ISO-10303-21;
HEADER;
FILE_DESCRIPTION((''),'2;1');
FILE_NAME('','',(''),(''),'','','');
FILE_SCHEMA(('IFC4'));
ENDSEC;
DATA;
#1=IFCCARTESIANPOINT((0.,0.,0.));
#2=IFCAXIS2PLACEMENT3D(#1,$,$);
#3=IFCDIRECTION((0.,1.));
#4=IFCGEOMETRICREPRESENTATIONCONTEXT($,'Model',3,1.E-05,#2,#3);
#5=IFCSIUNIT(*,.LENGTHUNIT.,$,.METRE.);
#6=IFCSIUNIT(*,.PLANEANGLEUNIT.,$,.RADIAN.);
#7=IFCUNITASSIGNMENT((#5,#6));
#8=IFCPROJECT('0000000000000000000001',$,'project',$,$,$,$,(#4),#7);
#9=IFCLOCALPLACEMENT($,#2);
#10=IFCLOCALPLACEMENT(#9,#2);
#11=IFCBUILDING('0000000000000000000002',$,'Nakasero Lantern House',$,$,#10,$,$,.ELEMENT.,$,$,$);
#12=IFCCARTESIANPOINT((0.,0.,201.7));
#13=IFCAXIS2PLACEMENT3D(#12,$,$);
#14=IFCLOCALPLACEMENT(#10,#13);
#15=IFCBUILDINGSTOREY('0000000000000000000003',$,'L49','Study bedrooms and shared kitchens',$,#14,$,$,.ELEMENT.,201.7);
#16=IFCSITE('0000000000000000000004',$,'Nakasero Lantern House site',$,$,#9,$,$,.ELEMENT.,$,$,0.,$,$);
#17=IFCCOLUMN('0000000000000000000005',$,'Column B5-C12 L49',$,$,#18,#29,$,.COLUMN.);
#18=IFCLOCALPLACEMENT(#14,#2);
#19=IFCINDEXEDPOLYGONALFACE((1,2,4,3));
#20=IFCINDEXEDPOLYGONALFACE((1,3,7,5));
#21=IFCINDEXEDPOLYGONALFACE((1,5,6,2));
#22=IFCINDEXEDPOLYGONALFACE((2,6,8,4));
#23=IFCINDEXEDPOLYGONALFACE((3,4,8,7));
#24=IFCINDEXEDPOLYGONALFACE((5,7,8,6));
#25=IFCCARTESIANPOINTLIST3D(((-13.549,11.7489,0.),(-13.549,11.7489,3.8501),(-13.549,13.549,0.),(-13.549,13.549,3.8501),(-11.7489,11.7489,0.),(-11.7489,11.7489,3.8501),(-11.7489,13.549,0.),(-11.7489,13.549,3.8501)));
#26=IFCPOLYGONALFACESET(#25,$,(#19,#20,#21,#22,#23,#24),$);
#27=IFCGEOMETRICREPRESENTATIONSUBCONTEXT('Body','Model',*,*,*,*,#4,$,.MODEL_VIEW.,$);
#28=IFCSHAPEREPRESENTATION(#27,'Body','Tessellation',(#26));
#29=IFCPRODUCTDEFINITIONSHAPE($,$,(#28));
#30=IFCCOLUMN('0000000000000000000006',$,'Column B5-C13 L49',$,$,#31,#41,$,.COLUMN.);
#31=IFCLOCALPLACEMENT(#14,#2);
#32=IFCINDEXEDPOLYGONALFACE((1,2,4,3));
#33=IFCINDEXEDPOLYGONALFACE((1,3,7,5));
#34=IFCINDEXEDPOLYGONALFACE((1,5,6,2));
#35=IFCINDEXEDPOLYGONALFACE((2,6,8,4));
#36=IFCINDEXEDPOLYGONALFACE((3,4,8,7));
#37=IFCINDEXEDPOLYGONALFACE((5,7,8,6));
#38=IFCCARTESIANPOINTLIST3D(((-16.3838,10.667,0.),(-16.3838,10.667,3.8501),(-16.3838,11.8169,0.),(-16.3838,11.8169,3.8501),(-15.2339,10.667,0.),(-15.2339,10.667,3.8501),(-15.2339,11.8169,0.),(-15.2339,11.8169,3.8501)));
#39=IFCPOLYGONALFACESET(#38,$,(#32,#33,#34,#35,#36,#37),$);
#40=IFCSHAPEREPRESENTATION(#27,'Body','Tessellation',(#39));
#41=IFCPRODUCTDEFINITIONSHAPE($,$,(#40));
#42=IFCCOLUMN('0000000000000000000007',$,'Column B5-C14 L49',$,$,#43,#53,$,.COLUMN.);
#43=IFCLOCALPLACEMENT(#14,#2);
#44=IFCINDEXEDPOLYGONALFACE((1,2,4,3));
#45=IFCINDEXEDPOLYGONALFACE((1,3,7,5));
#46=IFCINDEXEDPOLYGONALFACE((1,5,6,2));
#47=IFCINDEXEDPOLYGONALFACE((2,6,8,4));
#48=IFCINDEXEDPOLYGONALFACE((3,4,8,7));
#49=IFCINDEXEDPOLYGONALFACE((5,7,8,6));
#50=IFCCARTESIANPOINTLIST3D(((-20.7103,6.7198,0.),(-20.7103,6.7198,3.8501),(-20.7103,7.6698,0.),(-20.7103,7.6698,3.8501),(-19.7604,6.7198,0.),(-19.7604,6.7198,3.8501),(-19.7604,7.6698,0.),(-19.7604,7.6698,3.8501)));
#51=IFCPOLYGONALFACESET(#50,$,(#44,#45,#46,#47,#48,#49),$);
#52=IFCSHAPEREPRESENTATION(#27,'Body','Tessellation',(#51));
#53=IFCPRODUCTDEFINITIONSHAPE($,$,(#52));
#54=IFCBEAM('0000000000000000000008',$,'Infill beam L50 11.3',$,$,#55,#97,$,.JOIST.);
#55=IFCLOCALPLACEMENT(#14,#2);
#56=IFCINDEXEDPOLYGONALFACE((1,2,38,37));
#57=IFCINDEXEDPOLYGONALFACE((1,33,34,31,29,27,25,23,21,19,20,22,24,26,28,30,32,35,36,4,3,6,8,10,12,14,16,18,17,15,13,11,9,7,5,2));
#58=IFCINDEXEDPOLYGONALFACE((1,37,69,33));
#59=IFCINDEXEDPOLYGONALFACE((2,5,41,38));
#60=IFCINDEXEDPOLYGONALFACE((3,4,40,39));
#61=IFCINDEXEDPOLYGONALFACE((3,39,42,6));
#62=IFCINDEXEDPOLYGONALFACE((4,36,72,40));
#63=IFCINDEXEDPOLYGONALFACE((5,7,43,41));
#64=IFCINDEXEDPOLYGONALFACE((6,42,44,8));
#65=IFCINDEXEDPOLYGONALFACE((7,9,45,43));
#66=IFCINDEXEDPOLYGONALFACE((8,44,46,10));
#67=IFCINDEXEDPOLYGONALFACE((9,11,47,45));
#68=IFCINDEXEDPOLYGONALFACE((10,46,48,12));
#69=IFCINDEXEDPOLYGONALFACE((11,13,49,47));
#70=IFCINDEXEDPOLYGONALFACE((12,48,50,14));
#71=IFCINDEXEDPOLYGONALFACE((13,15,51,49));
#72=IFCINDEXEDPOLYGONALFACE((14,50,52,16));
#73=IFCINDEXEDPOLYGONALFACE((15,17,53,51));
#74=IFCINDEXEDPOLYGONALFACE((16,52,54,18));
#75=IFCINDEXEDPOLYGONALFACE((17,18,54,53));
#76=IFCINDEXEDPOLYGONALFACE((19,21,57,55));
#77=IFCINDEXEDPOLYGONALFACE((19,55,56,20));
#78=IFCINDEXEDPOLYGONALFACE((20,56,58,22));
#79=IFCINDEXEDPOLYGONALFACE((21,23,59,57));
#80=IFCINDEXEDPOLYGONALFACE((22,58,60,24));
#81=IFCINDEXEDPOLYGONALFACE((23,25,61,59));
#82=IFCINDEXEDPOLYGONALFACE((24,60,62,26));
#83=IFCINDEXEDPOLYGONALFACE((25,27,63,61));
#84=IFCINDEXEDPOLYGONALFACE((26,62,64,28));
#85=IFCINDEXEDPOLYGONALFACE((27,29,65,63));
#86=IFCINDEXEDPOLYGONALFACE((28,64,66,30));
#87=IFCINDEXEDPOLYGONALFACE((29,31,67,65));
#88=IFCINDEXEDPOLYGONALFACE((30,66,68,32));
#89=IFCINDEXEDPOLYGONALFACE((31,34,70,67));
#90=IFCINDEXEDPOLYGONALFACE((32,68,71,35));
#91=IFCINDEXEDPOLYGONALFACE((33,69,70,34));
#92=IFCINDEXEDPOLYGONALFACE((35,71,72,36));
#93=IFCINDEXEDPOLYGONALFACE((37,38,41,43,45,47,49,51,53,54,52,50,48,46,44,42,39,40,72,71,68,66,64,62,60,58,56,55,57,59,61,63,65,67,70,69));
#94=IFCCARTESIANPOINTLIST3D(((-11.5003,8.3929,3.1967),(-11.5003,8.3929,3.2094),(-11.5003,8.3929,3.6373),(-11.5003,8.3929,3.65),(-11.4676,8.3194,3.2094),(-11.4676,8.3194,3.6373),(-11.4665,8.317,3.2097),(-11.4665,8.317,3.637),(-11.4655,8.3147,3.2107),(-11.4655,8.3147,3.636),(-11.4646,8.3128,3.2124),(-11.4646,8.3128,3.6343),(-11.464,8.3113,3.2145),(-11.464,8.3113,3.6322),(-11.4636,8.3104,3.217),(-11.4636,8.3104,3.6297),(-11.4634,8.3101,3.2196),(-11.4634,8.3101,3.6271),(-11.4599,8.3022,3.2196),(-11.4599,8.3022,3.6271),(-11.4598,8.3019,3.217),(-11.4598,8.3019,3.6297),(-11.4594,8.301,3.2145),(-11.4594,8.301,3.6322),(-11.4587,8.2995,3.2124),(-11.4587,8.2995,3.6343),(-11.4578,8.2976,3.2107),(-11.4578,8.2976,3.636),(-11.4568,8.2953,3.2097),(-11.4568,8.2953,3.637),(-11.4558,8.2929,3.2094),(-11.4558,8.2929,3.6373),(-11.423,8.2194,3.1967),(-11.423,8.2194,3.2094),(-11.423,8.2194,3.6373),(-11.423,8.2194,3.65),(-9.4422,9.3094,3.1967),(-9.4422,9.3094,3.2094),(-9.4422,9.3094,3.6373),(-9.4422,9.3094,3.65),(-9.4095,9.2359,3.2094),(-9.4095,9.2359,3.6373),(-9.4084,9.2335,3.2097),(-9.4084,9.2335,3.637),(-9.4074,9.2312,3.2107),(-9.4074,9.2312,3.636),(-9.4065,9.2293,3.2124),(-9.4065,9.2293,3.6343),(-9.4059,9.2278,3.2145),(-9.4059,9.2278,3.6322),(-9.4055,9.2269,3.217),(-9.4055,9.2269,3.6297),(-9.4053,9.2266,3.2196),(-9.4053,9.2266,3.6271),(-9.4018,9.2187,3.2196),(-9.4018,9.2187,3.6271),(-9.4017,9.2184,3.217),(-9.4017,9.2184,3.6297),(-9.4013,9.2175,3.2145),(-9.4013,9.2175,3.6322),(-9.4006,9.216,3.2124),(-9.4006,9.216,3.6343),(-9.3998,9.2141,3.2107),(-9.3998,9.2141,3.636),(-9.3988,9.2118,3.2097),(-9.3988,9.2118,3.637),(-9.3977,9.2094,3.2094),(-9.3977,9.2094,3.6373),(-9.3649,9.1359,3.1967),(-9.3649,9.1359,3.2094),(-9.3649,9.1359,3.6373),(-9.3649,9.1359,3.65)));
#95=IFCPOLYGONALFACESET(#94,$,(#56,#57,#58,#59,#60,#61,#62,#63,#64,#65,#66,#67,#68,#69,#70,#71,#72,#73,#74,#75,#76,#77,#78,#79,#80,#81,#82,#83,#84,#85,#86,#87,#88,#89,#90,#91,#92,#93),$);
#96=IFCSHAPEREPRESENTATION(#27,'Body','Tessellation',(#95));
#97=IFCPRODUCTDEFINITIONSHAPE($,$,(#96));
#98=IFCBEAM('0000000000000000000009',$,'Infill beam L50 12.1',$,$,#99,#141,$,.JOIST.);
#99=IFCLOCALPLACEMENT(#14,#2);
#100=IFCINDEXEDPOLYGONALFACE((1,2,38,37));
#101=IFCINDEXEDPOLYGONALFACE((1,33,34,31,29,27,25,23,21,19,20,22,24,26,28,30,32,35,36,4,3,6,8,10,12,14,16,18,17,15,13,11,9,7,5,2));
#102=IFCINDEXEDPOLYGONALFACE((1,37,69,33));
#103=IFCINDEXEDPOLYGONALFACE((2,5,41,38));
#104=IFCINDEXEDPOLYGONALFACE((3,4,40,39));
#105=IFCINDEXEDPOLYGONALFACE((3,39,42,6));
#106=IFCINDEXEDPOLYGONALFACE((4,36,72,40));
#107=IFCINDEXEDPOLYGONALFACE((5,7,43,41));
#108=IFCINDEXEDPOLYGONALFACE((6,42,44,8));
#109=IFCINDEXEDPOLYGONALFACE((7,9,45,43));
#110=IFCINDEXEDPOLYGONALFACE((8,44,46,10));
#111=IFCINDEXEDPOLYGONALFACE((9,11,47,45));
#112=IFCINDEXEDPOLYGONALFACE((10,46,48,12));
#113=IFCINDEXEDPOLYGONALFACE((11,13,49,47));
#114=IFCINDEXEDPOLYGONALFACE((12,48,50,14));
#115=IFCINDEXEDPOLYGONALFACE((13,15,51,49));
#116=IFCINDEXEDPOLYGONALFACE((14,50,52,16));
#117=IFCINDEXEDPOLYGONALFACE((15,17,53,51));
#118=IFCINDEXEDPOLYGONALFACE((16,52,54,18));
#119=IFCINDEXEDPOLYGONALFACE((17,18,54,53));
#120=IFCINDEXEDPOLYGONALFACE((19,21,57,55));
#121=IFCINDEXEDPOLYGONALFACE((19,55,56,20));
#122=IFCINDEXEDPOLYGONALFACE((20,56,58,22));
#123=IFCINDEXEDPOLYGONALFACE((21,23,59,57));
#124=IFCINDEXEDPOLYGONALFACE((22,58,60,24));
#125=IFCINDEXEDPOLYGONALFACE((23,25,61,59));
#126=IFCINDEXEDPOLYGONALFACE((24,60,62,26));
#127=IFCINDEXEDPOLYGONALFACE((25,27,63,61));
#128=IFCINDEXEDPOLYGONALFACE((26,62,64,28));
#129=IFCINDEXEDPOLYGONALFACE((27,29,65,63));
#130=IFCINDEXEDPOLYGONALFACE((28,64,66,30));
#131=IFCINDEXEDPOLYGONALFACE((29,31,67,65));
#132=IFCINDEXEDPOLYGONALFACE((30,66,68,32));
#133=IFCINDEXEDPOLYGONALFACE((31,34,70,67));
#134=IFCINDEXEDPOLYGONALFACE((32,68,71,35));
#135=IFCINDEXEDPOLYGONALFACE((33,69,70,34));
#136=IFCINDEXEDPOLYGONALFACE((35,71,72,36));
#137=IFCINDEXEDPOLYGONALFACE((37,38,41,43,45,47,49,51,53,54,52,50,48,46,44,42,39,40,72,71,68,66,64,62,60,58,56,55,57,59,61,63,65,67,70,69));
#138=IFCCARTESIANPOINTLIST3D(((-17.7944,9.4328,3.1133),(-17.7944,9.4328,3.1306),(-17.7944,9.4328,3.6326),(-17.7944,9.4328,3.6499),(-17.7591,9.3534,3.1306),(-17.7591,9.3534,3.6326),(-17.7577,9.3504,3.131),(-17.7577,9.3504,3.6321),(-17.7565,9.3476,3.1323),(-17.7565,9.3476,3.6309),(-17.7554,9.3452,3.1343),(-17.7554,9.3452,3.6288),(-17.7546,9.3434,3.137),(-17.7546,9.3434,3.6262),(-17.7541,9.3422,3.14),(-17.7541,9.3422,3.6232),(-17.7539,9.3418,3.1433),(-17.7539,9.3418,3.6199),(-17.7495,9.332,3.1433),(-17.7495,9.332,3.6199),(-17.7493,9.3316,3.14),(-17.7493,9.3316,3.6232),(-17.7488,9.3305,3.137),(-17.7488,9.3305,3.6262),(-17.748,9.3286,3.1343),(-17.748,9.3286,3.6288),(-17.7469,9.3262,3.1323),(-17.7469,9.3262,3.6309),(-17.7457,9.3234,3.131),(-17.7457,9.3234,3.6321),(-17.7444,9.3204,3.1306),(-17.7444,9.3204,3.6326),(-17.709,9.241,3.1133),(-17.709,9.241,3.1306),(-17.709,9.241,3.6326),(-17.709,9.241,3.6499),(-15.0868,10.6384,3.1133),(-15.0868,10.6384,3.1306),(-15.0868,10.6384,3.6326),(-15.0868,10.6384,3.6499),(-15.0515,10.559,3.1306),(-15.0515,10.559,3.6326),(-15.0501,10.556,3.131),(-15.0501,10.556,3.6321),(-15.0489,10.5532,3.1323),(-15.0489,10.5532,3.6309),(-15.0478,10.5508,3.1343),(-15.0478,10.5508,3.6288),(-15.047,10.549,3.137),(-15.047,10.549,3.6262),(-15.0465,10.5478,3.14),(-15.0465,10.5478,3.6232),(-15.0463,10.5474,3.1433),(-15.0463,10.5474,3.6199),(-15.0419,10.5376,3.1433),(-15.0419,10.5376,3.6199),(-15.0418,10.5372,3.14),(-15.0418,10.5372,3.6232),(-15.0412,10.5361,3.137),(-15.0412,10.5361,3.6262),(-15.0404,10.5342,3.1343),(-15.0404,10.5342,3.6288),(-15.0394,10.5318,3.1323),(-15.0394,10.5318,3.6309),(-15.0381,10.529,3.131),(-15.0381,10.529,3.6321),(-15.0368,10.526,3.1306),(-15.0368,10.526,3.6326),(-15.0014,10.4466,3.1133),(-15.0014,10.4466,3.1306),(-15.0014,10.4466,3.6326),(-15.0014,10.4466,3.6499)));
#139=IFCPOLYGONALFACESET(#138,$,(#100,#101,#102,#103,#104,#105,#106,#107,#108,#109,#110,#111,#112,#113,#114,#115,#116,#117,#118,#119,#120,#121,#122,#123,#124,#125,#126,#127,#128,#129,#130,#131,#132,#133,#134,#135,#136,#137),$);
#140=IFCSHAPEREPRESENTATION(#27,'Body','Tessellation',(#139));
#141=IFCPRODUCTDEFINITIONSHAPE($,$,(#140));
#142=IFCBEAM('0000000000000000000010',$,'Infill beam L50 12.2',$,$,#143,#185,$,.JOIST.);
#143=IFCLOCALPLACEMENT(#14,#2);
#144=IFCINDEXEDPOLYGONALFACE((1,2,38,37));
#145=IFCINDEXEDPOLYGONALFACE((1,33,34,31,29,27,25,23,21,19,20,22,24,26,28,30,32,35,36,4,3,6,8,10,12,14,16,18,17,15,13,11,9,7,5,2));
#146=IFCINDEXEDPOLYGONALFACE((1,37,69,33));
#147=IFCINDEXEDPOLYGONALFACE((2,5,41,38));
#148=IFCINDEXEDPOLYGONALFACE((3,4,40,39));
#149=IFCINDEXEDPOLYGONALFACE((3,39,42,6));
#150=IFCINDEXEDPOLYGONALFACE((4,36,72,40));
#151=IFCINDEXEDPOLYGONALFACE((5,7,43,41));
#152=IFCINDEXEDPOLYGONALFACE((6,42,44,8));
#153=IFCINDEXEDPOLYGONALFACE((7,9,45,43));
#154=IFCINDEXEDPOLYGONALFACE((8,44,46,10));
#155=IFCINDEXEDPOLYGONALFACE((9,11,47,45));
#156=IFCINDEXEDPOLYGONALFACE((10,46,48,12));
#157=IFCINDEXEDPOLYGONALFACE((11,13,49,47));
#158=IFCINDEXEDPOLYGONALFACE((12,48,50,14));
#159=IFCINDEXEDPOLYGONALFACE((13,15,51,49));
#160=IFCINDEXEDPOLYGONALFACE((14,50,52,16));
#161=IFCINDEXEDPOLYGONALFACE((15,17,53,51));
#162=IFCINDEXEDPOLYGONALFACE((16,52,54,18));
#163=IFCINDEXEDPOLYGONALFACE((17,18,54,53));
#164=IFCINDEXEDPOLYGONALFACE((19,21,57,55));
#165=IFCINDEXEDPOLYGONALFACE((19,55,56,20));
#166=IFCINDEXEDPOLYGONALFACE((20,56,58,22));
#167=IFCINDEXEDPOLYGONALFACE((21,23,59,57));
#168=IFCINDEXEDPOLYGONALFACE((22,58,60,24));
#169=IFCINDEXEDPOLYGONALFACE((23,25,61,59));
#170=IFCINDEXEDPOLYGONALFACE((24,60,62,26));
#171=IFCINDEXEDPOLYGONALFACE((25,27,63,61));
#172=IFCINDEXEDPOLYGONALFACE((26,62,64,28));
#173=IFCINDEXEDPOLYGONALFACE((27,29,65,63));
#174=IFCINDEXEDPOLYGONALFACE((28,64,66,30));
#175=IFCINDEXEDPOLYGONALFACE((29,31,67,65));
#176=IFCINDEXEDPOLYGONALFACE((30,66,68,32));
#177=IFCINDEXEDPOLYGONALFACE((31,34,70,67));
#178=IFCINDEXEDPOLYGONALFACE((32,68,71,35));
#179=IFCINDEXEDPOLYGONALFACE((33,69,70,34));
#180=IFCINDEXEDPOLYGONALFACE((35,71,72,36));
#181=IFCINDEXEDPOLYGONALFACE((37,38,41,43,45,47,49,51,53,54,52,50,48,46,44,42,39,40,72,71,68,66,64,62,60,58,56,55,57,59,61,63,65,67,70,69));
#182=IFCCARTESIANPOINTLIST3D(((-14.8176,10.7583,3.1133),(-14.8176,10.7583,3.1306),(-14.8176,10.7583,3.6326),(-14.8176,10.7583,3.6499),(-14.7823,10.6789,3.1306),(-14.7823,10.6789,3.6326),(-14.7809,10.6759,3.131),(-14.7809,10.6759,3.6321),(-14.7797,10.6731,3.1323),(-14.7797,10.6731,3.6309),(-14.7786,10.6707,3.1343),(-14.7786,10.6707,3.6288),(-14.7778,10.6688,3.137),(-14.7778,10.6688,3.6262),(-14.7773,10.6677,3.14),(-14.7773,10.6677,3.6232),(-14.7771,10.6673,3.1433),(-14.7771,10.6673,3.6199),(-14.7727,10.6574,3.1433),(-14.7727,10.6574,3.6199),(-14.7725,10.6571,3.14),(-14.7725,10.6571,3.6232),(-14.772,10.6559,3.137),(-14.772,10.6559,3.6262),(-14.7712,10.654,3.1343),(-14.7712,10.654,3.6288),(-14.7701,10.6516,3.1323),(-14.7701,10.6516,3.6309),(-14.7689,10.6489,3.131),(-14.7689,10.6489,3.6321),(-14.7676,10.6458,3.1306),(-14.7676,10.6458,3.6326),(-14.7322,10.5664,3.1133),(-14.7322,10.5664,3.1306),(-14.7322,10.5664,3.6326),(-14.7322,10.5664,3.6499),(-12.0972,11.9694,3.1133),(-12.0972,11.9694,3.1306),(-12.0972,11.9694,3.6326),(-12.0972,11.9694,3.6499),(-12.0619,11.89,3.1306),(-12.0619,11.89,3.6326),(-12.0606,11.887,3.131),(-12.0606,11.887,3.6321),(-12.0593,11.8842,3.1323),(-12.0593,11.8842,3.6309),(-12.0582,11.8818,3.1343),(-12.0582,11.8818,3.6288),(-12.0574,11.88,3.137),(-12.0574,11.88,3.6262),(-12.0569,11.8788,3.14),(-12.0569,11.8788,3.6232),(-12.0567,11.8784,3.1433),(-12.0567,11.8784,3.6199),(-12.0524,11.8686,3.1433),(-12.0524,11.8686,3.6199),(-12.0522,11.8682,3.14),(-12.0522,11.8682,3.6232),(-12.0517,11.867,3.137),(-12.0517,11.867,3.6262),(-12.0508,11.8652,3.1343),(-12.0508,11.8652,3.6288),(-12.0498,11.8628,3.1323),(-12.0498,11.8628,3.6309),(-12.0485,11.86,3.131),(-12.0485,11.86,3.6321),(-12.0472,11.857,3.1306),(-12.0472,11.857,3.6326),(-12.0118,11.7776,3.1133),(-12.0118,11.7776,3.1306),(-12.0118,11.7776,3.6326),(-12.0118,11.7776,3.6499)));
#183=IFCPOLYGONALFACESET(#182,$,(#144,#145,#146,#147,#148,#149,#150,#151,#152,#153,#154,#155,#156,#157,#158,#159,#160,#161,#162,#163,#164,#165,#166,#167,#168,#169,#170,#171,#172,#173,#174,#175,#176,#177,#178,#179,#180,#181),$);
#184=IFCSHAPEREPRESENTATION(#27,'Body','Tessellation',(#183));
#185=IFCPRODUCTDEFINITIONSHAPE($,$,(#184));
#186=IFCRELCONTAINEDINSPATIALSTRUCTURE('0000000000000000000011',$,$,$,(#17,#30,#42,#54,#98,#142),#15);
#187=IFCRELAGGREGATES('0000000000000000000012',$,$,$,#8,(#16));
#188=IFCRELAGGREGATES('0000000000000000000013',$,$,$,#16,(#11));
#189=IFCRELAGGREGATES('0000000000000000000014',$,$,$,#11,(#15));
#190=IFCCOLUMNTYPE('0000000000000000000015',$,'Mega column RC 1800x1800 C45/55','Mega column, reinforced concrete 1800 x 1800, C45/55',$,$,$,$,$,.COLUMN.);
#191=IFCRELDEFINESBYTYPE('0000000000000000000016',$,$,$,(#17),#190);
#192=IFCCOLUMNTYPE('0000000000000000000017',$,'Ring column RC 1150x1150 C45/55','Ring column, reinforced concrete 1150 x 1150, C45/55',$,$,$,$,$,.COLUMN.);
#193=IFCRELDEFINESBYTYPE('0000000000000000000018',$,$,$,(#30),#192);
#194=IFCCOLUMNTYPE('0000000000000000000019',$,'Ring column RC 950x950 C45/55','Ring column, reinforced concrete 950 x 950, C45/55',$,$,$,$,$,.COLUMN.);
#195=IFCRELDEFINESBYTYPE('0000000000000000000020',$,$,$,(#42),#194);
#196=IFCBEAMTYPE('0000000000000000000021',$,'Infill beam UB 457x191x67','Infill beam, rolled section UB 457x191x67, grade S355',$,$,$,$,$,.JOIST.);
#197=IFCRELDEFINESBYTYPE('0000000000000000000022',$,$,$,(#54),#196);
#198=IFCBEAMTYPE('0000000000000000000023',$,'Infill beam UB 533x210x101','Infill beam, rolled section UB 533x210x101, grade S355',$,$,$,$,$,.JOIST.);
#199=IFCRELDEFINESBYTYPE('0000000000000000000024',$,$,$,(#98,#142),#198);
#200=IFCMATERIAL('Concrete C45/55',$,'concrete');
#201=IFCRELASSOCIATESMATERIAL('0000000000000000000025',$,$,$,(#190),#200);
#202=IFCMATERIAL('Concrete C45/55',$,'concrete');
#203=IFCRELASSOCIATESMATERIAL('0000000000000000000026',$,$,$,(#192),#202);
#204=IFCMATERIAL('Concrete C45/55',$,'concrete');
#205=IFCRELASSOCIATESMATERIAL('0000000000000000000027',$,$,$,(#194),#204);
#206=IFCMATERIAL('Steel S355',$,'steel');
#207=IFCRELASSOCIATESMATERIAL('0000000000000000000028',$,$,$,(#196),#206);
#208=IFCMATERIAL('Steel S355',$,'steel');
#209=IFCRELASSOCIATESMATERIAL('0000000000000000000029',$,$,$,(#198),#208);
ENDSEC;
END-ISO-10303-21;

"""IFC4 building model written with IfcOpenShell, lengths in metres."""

from ifc_helpers import new_model, si_unit, direction, frame, origin, origin_2d, place, context, subcontext, project, spatial, rectangle, i_section, extrude, material, material_profile, profile_set, type_object, element, save


model = new_model("IFC4")

# Units and contexts
model_context = context("Model", 3, precision=1e-05, world=origin(), true_north=direction((0.0, 1.0)))
body_context = subcontext(model_context, "Body", "Model", "MODEL_VIEW")
ifc_project = project(units=[si_unit("LENGTHUNIT", "METRE"), si_unit("PLANEANGLEUNIT", "RADIAN")], contexts=[model_context])

# Site, building, storey
site_placement = place(None, origin())
site = spatial("IfcSite", under=ifc_project, at=site_placement, Name="Nakasero Lantern House site", CompositionType="ELEMENT", RefElevation=0.0)
building_placement = place(site_placement, origin())
building = spatial("IfcBuilding", under=site, at=building_placement, Name="Nakasero Lantern House", CompositionType="ELEMENT")
storey_placement = place(building_placement, frame((0.0, 0.0, 201.7)))
storey = spatial("IfcBuildingStorey", under=building, at=storey_placement, Name="L49", Description="Study bedrooms and shared kitchens", CompositionType="ELEMENT", Elevation=201.7)

# Columns
ifc_material_1 = material(Name="Concrete C45/55", Category="concrete")
ifc_material_profile_1 = material_profile(ifc_material_1, rectangle(XDim=1.8, YDim=1.8, at=origin_2d()), Name="RC 1800x1800")
ifc_profile_set_1 = profile_set([ifc_material_profile_1], Name="Concrete C45/55")
column_type_1 = type_object("IfcColumnType", Name="Mega column RC 1800x1800 C45/55", Description="Mega column, reinforced concrete 1800 x 1800, C45/55", PredefinedType="COLUMN", material=ifc_profile_set_1)
column_1_placement = place(storey_placement, frame((-12.6489, 12.6489, 0.0), z_axis=(0.0, 0.0, 1.0), x_axis=(1.0, 0.0, 0.0)))
element("IfcColumn", 1, at=column_1_placement, inside=storey, type_object=column_type_1, Name="Column B5-C12 L49", PredefinedType="COLUMN", context=body_context, shape_type="SweptSolid", body=[
    extrude(rectangle(XDim=1.8, YDim=1.8, at=origin_2d()), origin(), (0.0, 0.0, 1.0), 3.8501),
])
ifc_material_2 = material(Name="Concrete C45/55", Category="concrete")
ifc_material_profile_2 = material_profile(ifc_material_2, rectangle(XDim=1.1499, YDim=1.1499, at=origin_2d()), Name="RC 1150x1150")
ifc_profile_set_2 = profile_set([ifc_material_profile_2], Name="Concrete C45/55")
column_type_2 = type_object("IfcColumnType", Name="Ring column RC 1150x1150 C45/55", Description="Ring column, reinforced concrete 1150 x 1150, C45/55", PredefinedType="COLUMN", material=ifc_profile_set_2)
column_2_placement = place(storey_placement, frame((-15.8088, 11.2419, 0.0), z_axis=(0.0, 0.0, 1.0), x_axis=(1.0, 0.0, 0.0)))
element("IfcColumn", 2, at=column_2_placement, inside=storey, type_object=column_type_2, Name="Column B5-C13 L49", PredefinedType="COLUMN", context=body_context, shape_type="SweptSolid", body=[
    extrude(rectangle(XDim=1.1499, YDim=1.1499, at=origin_2d()), origin(), (0.0, 0.0, 1.0), 3.8501),
])
ifc_material_3 = material(Name="Concrete C45/55", Category="concrete")
ifc_material_profile_3 = material_profile(ifc_material_3, rectangle(XDim=0.95, YDim=0.95, at=origin_2d()), Name="RC 950x950")
ifc_profile_set_3 = profile_set([ifc_material_profile_3], Name="Concrete C45/55")
column_type_3 = type_object("IfcColumnType", Name="Ring column RC 950x950 C45/55", Description="Ring column, reinforced concrete 950 x 950, C45/55", PredefinedType="COLUMN", material=ifc_profile_set_3)
column_3_placement = place(storey_placement, frame((-20.2354, 7.1948, 0.0), z_axis=(0.0, 0.0, 1.0), x_axis=(1.0, 0.0, 0.0)))
element("IfcColumn", 3, at=column_3_placement, inside=storey, type_object=column_type_3, Name="Column B5-C14 L49", PredefinedType="COLUMN", context=body_context, shape_type="SweptSolid", body=[
    extrude(rectangle(XDim=0.95, YDim=0.95, at=origin_2d()), origin(), (0.0, 0.0, 1.0), 3.8501),
])

# Beams
ifc_material_4 = material(Name="Steel S355", Category="steel")
ifc_material_profile_4 = material_profile(ifc_material_4, i_section(OverallWidth=0.1899, OverallDepth=0.4534, WebThickness=0.0085, FlangeThickness=0.0127, FilletRadius=0.0103, at=origin_2d()), Name="UB 457x191x67")
ifc_profile_set_4 = profile_set([ifc_material_profile_4], Name="Steel S355")
beam_type_1 = type_object("IfcBeamType", Name="Infill beam UB 457x191x67", Description="Infill beam, rolled section UB 457x191x67, grade S355", PredefinedType="JOIST", material=ifc_profile_set_4)
beam_1_placement = place(storey_placement, frame((-11.4617, 8.3062, 3.4233), z_axis=(0.913516, 0.406802, 0.0), x_axis=(-0.406802, 0.913516, 0.0)))
element("IfcBeam", 4, at=beam_1_placement, inside=storey, type_object=beam_type_1, Name="Infill beam L50 11.3", PredefinedType="JOIST", context=body_context, shape_type="SweptSolid", body=[
    extrude(i_section(OverallWidth=0.1899, OverallDepth=0.4534, WebThickness=0.0085, FlangeThickness=0.0127, FilletRadius=0.0103, at=origin_2d()), origin(), (0.0, 0.0, 1.0), 2.2529),
])
ifc_material_5 = material(Name="Steel S355", Category="steel")
ifc_material_profile_5 = material_profile(ifc_material_5, i_section(OverallWidth=0.21, OverallDepth=0.5366, WebThickness=0.0107, FlangeThickness=0.0173, FilletRadius=0.0127, at=origin_2d()), Name="UB 533x210x101")
ifc_profile_set_5 = profile_set([ifc_material_profile_5], Name="Steel S355")
beam_type_2 = type_object("IfcBeamType", Name="Infill beam UB 533x210x101", Description="Infill beam, rolled section UB 533x210x101, grade S355", PredefinedType="JOIST", material=ifc_profile_set_5)
beam_2_placement = place(storey_placement, frame((-17.7517, 9.3369, 3.3816), z_axis=(0.913533, 0.406765, 0.0), x_axis=(-0.406765, 0.913533, 0.0)))
element("IfcBeam", 5, at=beam_2_placement, inside=storey, type_object=beam_type_2, Name="Infill beam L50 12.1", PredefinedType="JOIST", context=body_context, shape_type="SweptSolid", body=[
    extrude(i_section(OverallWidth=0.21, OverallDepth=0.5366, WebThickness=0.0107, FlangeThickness=0.0173, FilletRadius=0.0127, at=origin_2d()), origin(), (0.0, 0.0, 1.0), 2.9639),
])
beam_3_placement = place(storey_placement, frame((-14.7749, 10.6624, 3.3816), z_axis=(0.913551, 0.406724, 0.0), x_axis=(-0.406724, 0.913551, 0.0)))
element("IfcBeam", 6, at=beam_3_placement, inside=storey, type_object=beam_type_2, Name="Infill beam L50 12.2", PredefinedType="JOIST", context=body_context, shape_type="SweptSolid", body=[
    extrude(i_section(OverallWidth=0.21, OverallDepth=0.5366, WebThickness=0.0107, FlangeThickness=0.0173, FilletRadius=0.0127, at=origin_2d()), origin(), (0.0, 0.0, 1.0), 2.9778),
])

save(model, "model.ifc")
